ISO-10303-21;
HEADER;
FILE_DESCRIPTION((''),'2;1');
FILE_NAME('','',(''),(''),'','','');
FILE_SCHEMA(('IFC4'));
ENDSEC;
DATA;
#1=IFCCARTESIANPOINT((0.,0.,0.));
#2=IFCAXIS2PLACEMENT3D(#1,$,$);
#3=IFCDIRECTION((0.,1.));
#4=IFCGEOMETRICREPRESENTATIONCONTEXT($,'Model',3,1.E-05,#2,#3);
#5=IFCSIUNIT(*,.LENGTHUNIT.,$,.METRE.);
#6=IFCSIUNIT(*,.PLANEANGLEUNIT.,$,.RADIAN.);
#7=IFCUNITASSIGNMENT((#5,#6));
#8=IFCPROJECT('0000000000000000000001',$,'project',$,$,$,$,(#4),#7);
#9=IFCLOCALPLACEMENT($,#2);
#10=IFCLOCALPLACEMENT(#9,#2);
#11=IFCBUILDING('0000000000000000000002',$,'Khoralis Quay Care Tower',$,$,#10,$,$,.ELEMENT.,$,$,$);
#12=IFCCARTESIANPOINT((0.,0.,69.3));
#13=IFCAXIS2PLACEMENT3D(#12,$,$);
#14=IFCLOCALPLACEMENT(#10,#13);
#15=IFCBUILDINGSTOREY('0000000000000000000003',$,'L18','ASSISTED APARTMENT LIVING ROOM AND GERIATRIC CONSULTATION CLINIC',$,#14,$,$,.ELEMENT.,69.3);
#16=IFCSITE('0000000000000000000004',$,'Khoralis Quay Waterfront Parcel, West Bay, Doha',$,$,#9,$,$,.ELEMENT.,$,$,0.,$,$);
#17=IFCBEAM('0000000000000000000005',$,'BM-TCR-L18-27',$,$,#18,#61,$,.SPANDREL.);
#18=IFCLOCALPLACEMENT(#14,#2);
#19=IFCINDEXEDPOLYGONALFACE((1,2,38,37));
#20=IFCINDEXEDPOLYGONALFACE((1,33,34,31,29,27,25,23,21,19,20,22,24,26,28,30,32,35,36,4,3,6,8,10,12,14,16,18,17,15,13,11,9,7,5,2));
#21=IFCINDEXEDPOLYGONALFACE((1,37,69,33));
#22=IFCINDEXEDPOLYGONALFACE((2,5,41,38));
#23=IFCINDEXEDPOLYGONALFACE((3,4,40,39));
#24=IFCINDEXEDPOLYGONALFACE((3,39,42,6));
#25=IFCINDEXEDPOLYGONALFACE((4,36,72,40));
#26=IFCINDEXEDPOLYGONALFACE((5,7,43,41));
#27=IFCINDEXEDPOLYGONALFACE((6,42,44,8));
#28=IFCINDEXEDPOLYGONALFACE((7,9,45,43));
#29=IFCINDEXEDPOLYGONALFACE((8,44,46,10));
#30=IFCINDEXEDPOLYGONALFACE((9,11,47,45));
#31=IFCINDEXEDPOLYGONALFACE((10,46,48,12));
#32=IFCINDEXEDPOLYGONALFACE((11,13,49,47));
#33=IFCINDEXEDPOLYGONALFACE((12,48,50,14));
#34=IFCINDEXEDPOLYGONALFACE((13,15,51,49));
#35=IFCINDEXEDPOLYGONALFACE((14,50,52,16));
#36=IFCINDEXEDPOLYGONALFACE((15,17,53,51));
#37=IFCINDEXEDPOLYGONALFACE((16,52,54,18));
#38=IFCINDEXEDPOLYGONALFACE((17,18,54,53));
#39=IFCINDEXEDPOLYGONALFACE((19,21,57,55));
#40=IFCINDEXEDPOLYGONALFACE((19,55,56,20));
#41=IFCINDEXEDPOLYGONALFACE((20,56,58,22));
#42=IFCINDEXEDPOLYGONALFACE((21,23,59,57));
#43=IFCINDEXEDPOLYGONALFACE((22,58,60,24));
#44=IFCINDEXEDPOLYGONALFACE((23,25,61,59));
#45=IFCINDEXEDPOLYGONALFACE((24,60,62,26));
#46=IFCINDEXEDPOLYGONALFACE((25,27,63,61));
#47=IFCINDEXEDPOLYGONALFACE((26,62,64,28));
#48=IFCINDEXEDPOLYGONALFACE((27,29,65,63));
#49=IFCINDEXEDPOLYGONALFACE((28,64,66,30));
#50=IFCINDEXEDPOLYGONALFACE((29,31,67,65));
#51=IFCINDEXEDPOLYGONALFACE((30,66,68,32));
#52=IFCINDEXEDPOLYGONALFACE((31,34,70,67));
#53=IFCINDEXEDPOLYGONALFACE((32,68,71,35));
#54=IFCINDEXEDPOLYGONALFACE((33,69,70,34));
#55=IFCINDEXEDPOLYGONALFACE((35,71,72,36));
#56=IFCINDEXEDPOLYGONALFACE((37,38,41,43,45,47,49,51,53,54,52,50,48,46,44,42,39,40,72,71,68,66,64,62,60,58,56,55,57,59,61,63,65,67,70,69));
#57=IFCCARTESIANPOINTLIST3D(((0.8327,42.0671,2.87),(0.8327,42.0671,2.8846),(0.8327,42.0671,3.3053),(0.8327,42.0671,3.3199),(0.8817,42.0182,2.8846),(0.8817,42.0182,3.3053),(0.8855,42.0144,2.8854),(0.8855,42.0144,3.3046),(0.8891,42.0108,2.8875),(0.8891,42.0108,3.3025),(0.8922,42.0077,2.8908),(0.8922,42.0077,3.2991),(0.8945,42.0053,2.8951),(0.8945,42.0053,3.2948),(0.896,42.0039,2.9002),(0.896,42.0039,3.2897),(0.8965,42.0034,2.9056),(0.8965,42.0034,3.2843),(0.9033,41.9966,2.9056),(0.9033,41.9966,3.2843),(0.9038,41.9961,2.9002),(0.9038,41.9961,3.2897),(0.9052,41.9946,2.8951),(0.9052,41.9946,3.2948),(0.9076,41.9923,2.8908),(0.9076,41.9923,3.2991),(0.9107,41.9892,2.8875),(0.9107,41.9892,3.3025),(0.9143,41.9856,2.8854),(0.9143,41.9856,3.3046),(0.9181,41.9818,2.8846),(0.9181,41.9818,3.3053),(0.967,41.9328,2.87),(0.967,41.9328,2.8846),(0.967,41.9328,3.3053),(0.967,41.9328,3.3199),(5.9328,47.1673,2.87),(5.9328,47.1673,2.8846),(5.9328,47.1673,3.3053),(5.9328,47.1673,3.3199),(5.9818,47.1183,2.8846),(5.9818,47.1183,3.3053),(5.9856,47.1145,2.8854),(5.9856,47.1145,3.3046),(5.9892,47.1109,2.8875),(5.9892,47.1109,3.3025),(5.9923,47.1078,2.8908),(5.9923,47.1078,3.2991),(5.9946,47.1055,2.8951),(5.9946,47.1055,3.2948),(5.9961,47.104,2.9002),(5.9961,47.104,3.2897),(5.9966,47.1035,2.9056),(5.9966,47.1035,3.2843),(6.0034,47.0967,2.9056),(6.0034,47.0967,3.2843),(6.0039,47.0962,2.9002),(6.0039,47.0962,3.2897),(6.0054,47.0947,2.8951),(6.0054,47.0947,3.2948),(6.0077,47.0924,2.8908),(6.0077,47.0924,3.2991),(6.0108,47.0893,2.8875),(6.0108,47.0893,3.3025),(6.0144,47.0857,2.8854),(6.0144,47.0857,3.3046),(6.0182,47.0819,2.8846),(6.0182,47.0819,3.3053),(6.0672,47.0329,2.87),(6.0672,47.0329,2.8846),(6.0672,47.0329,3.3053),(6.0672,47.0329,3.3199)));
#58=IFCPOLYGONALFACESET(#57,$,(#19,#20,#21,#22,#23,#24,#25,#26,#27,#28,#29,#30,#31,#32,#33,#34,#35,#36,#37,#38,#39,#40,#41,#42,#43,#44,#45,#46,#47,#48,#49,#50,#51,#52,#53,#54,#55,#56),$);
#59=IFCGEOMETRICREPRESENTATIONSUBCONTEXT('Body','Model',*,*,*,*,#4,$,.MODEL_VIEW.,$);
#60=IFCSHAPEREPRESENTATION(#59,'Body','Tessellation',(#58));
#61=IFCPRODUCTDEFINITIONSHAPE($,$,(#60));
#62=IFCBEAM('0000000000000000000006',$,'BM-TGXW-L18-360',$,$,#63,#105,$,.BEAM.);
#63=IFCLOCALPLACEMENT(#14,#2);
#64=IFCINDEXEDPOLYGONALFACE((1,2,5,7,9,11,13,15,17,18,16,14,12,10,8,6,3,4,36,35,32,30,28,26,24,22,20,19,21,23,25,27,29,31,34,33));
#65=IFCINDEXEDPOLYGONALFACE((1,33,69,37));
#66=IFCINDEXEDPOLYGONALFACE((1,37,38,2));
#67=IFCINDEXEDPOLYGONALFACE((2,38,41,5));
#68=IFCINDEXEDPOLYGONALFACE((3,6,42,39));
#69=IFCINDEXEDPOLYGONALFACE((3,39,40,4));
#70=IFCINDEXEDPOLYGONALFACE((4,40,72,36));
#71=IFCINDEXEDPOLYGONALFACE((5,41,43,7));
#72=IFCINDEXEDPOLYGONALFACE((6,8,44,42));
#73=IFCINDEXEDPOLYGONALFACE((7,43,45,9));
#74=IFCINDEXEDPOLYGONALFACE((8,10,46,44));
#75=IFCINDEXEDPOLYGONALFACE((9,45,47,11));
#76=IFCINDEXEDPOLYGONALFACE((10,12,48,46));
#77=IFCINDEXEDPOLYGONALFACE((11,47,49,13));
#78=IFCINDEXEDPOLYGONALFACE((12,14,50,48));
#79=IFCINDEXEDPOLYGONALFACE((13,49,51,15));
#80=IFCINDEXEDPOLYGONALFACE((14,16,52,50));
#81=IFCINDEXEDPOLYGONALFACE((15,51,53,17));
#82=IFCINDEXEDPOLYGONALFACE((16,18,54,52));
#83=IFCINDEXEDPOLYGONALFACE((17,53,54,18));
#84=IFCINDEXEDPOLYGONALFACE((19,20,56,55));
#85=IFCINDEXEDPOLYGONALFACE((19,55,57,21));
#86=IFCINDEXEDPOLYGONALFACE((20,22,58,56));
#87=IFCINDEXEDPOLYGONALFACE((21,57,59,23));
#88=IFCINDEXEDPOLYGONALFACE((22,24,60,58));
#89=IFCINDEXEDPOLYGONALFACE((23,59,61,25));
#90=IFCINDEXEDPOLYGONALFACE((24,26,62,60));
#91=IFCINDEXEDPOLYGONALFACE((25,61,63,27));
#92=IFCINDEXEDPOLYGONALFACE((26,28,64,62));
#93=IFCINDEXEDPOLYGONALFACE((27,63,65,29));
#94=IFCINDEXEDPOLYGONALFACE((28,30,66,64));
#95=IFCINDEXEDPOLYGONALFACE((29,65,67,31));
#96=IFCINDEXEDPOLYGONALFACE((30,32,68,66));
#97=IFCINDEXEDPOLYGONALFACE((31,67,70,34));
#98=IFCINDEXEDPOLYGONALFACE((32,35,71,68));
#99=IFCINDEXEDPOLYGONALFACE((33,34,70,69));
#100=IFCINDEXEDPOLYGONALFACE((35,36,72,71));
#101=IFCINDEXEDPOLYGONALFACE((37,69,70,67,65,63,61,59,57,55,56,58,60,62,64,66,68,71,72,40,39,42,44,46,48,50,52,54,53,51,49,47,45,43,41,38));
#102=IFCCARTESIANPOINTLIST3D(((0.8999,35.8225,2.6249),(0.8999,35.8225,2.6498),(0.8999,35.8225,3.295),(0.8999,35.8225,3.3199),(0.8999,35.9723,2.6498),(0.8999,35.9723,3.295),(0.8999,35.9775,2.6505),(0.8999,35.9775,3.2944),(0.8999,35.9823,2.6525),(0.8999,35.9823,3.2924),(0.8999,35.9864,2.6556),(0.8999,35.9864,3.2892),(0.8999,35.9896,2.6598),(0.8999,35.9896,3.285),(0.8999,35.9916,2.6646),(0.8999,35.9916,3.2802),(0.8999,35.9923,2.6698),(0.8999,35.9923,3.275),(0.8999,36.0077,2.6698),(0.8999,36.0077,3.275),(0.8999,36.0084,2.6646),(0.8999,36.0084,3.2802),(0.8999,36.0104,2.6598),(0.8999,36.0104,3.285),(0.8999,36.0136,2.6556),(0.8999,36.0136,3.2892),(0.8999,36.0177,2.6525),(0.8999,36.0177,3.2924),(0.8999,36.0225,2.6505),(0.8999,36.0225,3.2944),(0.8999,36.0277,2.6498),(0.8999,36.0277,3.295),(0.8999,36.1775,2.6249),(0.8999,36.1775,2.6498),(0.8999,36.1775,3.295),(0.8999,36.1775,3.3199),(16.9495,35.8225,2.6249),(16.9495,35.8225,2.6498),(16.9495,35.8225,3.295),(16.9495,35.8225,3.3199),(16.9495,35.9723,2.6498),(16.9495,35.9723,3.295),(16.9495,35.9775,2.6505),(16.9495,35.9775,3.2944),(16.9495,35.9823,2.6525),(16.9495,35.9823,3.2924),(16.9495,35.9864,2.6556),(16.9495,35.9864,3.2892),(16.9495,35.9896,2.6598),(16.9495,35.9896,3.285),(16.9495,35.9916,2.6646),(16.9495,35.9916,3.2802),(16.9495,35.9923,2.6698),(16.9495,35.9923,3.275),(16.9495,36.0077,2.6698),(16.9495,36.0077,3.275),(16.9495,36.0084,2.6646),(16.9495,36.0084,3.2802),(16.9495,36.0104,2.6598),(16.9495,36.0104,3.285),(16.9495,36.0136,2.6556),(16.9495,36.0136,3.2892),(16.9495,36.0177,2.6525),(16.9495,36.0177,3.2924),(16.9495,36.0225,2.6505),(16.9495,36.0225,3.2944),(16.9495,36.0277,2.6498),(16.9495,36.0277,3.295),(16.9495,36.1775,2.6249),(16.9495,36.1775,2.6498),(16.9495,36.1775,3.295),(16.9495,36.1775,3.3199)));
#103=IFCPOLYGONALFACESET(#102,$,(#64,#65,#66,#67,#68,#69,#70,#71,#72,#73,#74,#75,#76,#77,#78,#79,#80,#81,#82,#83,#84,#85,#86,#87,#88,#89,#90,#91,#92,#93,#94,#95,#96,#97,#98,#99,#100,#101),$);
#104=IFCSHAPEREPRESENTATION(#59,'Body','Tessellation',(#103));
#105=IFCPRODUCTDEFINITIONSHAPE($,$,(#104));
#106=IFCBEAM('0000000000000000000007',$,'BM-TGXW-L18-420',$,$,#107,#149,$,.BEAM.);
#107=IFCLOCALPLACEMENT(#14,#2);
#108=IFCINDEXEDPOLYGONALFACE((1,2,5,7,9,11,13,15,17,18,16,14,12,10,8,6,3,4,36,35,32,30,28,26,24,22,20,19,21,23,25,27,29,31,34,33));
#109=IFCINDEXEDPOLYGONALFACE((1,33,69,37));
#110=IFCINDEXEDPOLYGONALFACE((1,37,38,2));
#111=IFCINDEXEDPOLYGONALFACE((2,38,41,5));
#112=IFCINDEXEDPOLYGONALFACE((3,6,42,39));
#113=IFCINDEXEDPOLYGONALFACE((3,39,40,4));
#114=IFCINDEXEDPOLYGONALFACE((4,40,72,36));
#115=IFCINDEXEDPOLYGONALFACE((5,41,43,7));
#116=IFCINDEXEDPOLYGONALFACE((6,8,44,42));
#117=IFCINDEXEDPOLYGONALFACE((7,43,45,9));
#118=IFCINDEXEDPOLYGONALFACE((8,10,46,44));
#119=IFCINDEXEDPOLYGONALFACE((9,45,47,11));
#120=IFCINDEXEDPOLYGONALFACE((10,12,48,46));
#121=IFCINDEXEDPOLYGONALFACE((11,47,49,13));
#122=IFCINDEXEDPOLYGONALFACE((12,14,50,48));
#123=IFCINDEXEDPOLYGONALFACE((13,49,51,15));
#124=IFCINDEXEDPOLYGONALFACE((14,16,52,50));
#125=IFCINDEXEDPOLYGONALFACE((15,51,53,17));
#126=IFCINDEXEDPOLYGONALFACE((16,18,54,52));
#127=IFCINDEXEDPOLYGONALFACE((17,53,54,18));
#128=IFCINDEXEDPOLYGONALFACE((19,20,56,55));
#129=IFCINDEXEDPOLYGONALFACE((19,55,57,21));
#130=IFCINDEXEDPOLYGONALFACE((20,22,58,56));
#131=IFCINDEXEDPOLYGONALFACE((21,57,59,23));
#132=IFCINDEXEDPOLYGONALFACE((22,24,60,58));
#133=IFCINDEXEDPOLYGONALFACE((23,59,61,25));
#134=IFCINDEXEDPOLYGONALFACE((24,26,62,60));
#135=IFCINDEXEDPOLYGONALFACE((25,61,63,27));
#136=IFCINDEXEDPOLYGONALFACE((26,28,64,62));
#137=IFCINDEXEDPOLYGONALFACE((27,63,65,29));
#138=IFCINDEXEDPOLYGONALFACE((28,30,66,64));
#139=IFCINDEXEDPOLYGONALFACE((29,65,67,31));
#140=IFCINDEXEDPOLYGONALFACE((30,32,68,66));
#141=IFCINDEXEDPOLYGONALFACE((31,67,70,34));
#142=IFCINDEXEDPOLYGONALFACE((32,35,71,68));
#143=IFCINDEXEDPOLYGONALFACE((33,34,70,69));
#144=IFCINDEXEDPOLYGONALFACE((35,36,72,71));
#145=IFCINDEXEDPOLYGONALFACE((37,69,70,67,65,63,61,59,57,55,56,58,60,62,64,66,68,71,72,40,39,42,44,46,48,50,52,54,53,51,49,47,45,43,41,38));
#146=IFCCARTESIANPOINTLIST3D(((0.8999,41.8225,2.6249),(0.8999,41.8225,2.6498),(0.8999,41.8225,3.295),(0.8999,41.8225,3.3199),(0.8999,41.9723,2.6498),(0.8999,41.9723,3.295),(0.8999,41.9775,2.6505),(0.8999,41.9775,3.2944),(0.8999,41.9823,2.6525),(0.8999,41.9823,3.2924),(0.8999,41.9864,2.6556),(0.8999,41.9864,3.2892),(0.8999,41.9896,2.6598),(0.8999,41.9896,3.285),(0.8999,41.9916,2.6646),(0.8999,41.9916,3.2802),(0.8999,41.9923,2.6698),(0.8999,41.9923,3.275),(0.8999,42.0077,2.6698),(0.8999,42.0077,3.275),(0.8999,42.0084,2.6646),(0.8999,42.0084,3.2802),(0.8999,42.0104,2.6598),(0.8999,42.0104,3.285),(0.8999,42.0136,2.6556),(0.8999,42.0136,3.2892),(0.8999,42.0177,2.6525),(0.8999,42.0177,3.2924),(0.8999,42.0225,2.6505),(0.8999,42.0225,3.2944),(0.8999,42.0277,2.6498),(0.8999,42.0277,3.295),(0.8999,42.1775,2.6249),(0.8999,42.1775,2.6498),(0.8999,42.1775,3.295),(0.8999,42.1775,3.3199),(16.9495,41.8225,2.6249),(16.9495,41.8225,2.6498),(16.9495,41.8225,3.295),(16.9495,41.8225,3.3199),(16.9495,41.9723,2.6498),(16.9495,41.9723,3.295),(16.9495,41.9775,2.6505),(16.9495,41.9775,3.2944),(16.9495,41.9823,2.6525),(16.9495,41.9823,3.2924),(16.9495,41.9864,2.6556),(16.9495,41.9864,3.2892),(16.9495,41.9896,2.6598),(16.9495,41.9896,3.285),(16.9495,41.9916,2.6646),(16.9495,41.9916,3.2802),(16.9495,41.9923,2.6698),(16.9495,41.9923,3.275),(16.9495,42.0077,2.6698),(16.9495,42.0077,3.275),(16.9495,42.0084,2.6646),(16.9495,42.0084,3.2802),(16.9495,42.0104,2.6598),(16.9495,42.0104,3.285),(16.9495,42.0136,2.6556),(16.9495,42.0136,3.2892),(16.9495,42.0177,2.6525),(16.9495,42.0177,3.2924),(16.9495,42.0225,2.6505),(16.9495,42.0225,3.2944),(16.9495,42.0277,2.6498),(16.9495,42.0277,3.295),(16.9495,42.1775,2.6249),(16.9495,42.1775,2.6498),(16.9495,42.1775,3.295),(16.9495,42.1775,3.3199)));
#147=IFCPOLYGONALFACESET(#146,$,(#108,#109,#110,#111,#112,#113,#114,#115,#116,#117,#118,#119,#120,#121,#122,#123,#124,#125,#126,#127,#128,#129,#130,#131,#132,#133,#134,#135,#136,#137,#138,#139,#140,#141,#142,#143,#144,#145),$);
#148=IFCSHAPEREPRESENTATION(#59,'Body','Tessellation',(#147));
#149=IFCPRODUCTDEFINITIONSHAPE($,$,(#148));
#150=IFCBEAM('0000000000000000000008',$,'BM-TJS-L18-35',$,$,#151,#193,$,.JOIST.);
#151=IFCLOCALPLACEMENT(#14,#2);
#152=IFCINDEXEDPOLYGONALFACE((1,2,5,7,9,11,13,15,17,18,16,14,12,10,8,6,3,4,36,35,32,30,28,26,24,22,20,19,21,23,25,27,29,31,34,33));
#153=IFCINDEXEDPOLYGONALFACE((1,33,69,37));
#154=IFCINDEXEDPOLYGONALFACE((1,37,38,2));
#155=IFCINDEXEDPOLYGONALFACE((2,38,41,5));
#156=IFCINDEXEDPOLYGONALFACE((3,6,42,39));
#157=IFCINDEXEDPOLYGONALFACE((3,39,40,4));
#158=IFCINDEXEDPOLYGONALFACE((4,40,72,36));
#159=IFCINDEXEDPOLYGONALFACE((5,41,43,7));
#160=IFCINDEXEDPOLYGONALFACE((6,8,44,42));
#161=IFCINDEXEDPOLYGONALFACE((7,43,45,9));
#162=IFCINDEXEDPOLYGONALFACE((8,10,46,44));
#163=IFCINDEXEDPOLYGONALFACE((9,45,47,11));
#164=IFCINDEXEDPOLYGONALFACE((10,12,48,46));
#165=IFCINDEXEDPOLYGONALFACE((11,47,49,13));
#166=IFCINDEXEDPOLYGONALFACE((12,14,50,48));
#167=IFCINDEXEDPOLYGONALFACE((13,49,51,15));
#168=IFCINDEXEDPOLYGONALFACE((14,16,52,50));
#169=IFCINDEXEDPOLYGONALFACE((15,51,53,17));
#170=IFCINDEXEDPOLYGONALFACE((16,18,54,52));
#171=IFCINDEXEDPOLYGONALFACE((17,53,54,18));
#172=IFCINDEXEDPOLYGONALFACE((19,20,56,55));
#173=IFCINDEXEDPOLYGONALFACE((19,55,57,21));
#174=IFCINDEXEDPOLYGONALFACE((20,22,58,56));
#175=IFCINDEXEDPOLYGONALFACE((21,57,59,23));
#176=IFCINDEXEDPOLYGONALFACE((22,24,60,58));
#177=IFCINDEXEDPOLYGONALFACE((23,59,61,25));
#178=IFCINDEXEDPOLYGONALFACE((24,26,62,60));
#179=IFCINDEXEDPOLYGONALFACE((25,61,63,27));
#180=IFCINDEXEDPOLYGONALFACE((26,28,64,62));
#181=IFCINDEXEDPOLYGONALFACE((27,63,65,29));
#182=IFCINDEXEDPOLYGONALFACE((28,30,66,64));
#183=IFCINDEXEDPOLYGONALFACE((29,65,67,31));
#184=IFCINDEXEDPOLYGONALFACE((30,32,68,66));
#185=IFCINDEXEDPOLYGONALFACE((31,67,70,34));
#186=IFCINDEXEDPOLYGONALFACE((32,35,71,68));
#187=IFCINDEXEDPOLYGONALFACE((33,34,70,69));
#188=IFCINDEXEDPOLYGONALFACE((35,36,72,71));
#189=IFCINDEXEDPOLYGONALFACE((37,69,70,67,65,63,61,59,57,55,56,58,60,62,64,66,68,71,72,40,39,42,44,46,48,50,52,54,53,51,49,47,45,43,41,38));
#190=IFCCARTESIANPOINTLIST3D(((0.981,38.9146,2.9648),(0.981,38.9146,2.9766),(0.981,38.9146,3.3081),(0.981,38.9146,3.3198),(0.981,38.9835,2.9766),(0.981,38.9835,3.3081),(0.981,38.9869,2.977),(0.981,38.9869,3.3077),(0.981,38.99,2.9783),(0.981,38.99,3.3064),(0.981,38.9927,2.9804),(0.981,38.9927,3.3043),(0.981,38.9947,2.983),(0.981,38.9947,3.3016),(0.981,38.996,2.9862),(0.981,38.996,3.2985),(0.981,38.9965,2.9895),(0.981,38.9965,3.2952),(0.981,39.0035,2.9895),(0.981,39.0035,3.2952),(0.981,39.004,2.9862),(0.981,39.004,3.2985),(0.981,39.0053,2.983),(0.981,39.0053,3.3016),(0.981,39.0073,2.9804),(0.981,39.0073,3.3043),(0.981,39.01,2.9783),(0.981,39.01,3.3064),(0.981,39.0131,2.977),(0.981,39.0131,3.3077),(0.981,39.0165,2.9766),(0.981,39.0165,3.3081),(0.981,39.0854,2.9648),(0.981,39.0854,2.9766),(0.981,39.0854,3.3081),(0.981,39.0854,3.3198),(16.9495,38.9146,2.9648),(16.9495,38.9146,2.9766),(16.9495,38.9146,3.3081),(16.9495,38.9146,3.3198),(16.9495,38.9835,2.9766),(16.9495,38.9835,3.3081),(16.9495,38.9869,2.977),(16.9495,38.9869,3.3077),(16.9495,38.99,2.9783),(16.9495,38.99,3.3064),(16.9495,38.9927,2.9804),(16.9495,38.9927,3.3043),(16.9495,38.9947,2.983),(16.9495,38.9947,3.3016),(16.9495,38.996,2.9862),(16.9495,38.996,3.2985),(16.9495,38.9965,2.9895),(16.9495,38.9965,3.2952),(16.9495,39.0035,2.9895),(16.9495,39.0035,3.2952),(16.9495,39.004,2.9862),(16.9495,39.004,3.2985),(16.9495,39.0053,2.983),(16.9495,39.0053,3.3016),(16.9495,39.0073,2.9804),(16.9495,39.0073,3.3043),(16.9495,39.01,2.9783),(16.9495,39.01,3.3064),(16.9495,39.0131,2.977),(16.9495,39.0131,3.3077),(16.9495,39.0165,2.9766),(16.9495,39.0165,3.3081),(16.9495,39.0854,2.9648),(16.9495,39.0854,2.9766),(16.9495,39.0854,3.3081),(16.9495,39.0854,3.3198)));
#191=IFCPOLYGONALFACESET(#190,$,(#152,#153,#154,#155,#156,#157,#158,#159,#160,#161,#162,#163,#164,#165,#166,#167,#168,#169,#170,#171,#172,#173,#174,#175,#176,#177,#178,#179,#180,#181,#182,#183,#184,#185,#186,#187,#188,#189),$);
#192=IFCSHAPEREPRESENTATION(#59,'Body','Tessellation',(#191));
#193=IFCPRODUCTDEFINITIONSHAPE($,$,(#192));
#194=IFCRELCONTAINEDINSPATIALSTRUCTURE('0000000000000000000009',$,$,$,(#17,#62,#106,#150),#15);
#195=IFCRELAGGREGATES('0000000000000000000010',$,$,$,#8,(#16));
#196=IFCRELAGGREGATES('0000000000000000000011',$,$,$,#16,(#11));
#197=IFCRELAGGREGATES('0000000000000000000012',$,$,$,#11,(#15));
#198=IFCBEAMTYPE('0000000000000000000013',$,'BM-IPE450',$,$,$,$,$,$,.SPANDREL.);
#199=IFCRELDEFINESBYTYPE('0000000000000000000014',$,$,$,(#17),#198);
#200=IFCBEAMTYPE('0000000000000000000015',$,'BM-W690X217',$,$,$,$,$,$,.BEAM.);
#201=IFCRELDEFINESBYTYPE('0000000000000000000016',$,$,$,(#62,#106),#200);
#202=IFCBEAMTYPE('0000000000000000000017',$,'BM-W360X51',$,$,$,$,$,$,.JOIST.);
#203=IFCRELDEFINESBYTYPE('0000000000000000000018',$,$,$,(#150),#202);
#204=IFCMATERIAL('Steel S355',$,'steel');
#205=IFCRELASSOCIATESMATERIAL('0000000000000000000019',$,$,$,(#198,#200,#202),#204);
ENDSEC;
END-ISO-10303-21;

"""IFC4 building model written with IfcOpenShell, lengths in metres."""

from ifc_helpers import new_model, si_unit, direction, frame, origin, origin_2d, place, context, subcontext, project, spatial, i_section, extrude, source, transform, mapped, material, material_profile, profile_set, type_object, element, save


model = new_model("IFC4")

# Units and contexts
model_context = context("Model", 3, precision=1e-05, world=origin(), true_north=direction((0.0, 1.0)))
body_context = subcontext(model_context, "Body", "Model", "MODEL_VIEW")
ifc_project = project(units=[si_unit("LENGTHUNIT", "METRE"), si_unit("PLANEANGLEUNIT", "RADIAN")], contexts=[model_context])

# Site, building, storey
site_placement = place(None, origin())
site = spatial("IfcSite", under=ifc_project, at=site_placement, Name="Khoralis Quay Waterfront Parcel, West Bay, Doha", CompositionType="ELEMENT", RefElevation=0.0)
building_placement = place(site_placement, origin())
building = spatial("IfcBuilding", under=site, at=building_placement, Name="Khoralis Quay Care Tower", CompositionType="ELEMENT")
storey_placement = place(building_placement, frame((0.0, 0.0, 69.3)))
storey = spatial("IfcBuildingStorey", under=building, at=storey_placement, Name="L18", Description="ASSISTED APARTMENT LIVING ROOM AND GERIATRIC CONSULTATION CLINIC", CompositionType="ELEMENT", Elevation=69.3)

# Beams
ifc_material_1 = material(Name="Steel S355", Category="steel")
ifc_material_profile_1 = material_profile(ifc_material_1, i_section(OverallWidth=0.1899, OverallDepth=0.45, WebThickness=0.0095, FlangeThickness=0.0146, FilletRadius=0.021, at=origin_2d()), Name="Steel S355")
ifc_profile_set_1 = profile_set([ifc_material_profile_1], Name="Steel S355")
beam_type_1 = type_object("IfcBeamType", Name="BM-IPE450", PredefinedType="SPANDREL", material=ifc_profile_set_1)
shared_shape_1 = source(origin(), body_context, "Body", "SweptSolid", [
    extrude(i_section(OverallWidth=0.1899, OverallDepth=0.45, WebThickness=0.0095, FlangeThickness=0.0146, FilletRadius=0.021, at=origin_2d()), origin(), (0.0, 0.0, 1.0), 7.2126),
])
beam_1_placement = place(storey_placement, frame((6.0, 47.1001, 3.095), z_axis=(-0.707107, -0.707107, 0.0), x_axis=(0.707107, -0.707107, 0.0)))
element("IfcBeam", 1, at=beam_1_placement, inside=storey, type_object=beam_type_1, Name="BM-TCR-L18-27", PredefinedType="SPANDREL", context=body_context, shape_type="MappedRepresentation", body=[
    mapped(shared_shape_1, transform((0.0, 0.0, 0.0), scale=1.0)),
])
ifc_material_profile_2 = material_profile(ifc_material_1, i_section(OverallWidth=0.355, OverallDepth=0.6951, WebThickness=0.0154, FlangeThickness=0.0249, FilletRadius=0.02, at=origin_2d()), Name="Steel S355")
ifc_profile_set_2 = profile_set([ifc_material_profile_2], Name="Steel S355")
beam_type_2 = type_object("IfcBeamType", Name="BM-W690X217", PredefinedType="BEAM", material=ifc_profile_set_2)
shared_shape_2 = source(origin(), body_context, "Body", "SweptSolid", [
    extrude(i_section(OverallWidth=0.355, OverallDepth=0.6951, WebThickness=0.0154, FlangeThickness=0.0249, FilletRadius=0.02, at=origin_2d()), origin(), (0.0, 0.0, 1.0), 16.0496),
])
for number, where, z_axis, x_axis, name in (
    (2, (0.8999, 36.0, 2.9724), (1.0, 0.0, 0.0), (0.0, 1.0, 0.0), "BM-TGXW-L18-360"),
    (3, (0.8999, 42.0, 2.9724), (1.0, 0.0, 0.0), (0.0, 1.0, 0.0), "BM-TGXW-L18-420"),
):
    element("IfcBeam", number, at=place(storey_placement, frame(where, z_axis=z_axis, x_axis=x_axis)), inside=storey, type_object=beam_type_2, Name=name, PredefinedType="BEAM", context=body_context, shape_type="MappedRepresentation", body=[
        mapped(shared_shape_2, transform((0.0, 0.0, 0.0), scale=1.0)),
    ])
ifc_material_profile_3 = material_profile(ifc_material_1, i_section(OverallWidth=0.1709, OverallDepth=0.355, WebThickness=0.0071, FlangeThickness=0.0117, FilletRadius=0.0129, at=origin_2d()), Name="Steel S355")
ifc_profile_set_3 = profile_set([ifc_material_profile_3], Name="Steel S355")
beam_type_3 = type_object("IfcBeamType", Name="BM-W360X51", PredefinedType="JOIST", material=ifc_profile_set_3)
shared_shape_3 = source(origin(), body_context, "Body", "SweptSolid", [
    extrude(i_section(OverallWidth=0.1709, OverallDepth=0.355, WebThickness=0.0071, FlangeThickness=0.0117, FilletRadius=0.0129, at=origin_2d()), origin(), (0.0, 0.0, 1.0), 15.9685),
])
beam_2_placement = place(storey_placement, frame((0.981, 39.0, 3.1423), z_axis=(1.0, 0.0, 0.0), x_axis=(0.0, 1.0, 0.0)))
element("IfcBeam", 4, at=beam_2_placement, inside=storey, type_object=beam_type_3, Name="BM-TJS-L18-35", PredefinedType="JOIST", context=body_context, shape_type="MappedRepresentation", body=[
    mapped(shared_shape_3, transform((0.0, 0.0, 0.0), scale=1.0)),
])

save(model, "model.ifc")
